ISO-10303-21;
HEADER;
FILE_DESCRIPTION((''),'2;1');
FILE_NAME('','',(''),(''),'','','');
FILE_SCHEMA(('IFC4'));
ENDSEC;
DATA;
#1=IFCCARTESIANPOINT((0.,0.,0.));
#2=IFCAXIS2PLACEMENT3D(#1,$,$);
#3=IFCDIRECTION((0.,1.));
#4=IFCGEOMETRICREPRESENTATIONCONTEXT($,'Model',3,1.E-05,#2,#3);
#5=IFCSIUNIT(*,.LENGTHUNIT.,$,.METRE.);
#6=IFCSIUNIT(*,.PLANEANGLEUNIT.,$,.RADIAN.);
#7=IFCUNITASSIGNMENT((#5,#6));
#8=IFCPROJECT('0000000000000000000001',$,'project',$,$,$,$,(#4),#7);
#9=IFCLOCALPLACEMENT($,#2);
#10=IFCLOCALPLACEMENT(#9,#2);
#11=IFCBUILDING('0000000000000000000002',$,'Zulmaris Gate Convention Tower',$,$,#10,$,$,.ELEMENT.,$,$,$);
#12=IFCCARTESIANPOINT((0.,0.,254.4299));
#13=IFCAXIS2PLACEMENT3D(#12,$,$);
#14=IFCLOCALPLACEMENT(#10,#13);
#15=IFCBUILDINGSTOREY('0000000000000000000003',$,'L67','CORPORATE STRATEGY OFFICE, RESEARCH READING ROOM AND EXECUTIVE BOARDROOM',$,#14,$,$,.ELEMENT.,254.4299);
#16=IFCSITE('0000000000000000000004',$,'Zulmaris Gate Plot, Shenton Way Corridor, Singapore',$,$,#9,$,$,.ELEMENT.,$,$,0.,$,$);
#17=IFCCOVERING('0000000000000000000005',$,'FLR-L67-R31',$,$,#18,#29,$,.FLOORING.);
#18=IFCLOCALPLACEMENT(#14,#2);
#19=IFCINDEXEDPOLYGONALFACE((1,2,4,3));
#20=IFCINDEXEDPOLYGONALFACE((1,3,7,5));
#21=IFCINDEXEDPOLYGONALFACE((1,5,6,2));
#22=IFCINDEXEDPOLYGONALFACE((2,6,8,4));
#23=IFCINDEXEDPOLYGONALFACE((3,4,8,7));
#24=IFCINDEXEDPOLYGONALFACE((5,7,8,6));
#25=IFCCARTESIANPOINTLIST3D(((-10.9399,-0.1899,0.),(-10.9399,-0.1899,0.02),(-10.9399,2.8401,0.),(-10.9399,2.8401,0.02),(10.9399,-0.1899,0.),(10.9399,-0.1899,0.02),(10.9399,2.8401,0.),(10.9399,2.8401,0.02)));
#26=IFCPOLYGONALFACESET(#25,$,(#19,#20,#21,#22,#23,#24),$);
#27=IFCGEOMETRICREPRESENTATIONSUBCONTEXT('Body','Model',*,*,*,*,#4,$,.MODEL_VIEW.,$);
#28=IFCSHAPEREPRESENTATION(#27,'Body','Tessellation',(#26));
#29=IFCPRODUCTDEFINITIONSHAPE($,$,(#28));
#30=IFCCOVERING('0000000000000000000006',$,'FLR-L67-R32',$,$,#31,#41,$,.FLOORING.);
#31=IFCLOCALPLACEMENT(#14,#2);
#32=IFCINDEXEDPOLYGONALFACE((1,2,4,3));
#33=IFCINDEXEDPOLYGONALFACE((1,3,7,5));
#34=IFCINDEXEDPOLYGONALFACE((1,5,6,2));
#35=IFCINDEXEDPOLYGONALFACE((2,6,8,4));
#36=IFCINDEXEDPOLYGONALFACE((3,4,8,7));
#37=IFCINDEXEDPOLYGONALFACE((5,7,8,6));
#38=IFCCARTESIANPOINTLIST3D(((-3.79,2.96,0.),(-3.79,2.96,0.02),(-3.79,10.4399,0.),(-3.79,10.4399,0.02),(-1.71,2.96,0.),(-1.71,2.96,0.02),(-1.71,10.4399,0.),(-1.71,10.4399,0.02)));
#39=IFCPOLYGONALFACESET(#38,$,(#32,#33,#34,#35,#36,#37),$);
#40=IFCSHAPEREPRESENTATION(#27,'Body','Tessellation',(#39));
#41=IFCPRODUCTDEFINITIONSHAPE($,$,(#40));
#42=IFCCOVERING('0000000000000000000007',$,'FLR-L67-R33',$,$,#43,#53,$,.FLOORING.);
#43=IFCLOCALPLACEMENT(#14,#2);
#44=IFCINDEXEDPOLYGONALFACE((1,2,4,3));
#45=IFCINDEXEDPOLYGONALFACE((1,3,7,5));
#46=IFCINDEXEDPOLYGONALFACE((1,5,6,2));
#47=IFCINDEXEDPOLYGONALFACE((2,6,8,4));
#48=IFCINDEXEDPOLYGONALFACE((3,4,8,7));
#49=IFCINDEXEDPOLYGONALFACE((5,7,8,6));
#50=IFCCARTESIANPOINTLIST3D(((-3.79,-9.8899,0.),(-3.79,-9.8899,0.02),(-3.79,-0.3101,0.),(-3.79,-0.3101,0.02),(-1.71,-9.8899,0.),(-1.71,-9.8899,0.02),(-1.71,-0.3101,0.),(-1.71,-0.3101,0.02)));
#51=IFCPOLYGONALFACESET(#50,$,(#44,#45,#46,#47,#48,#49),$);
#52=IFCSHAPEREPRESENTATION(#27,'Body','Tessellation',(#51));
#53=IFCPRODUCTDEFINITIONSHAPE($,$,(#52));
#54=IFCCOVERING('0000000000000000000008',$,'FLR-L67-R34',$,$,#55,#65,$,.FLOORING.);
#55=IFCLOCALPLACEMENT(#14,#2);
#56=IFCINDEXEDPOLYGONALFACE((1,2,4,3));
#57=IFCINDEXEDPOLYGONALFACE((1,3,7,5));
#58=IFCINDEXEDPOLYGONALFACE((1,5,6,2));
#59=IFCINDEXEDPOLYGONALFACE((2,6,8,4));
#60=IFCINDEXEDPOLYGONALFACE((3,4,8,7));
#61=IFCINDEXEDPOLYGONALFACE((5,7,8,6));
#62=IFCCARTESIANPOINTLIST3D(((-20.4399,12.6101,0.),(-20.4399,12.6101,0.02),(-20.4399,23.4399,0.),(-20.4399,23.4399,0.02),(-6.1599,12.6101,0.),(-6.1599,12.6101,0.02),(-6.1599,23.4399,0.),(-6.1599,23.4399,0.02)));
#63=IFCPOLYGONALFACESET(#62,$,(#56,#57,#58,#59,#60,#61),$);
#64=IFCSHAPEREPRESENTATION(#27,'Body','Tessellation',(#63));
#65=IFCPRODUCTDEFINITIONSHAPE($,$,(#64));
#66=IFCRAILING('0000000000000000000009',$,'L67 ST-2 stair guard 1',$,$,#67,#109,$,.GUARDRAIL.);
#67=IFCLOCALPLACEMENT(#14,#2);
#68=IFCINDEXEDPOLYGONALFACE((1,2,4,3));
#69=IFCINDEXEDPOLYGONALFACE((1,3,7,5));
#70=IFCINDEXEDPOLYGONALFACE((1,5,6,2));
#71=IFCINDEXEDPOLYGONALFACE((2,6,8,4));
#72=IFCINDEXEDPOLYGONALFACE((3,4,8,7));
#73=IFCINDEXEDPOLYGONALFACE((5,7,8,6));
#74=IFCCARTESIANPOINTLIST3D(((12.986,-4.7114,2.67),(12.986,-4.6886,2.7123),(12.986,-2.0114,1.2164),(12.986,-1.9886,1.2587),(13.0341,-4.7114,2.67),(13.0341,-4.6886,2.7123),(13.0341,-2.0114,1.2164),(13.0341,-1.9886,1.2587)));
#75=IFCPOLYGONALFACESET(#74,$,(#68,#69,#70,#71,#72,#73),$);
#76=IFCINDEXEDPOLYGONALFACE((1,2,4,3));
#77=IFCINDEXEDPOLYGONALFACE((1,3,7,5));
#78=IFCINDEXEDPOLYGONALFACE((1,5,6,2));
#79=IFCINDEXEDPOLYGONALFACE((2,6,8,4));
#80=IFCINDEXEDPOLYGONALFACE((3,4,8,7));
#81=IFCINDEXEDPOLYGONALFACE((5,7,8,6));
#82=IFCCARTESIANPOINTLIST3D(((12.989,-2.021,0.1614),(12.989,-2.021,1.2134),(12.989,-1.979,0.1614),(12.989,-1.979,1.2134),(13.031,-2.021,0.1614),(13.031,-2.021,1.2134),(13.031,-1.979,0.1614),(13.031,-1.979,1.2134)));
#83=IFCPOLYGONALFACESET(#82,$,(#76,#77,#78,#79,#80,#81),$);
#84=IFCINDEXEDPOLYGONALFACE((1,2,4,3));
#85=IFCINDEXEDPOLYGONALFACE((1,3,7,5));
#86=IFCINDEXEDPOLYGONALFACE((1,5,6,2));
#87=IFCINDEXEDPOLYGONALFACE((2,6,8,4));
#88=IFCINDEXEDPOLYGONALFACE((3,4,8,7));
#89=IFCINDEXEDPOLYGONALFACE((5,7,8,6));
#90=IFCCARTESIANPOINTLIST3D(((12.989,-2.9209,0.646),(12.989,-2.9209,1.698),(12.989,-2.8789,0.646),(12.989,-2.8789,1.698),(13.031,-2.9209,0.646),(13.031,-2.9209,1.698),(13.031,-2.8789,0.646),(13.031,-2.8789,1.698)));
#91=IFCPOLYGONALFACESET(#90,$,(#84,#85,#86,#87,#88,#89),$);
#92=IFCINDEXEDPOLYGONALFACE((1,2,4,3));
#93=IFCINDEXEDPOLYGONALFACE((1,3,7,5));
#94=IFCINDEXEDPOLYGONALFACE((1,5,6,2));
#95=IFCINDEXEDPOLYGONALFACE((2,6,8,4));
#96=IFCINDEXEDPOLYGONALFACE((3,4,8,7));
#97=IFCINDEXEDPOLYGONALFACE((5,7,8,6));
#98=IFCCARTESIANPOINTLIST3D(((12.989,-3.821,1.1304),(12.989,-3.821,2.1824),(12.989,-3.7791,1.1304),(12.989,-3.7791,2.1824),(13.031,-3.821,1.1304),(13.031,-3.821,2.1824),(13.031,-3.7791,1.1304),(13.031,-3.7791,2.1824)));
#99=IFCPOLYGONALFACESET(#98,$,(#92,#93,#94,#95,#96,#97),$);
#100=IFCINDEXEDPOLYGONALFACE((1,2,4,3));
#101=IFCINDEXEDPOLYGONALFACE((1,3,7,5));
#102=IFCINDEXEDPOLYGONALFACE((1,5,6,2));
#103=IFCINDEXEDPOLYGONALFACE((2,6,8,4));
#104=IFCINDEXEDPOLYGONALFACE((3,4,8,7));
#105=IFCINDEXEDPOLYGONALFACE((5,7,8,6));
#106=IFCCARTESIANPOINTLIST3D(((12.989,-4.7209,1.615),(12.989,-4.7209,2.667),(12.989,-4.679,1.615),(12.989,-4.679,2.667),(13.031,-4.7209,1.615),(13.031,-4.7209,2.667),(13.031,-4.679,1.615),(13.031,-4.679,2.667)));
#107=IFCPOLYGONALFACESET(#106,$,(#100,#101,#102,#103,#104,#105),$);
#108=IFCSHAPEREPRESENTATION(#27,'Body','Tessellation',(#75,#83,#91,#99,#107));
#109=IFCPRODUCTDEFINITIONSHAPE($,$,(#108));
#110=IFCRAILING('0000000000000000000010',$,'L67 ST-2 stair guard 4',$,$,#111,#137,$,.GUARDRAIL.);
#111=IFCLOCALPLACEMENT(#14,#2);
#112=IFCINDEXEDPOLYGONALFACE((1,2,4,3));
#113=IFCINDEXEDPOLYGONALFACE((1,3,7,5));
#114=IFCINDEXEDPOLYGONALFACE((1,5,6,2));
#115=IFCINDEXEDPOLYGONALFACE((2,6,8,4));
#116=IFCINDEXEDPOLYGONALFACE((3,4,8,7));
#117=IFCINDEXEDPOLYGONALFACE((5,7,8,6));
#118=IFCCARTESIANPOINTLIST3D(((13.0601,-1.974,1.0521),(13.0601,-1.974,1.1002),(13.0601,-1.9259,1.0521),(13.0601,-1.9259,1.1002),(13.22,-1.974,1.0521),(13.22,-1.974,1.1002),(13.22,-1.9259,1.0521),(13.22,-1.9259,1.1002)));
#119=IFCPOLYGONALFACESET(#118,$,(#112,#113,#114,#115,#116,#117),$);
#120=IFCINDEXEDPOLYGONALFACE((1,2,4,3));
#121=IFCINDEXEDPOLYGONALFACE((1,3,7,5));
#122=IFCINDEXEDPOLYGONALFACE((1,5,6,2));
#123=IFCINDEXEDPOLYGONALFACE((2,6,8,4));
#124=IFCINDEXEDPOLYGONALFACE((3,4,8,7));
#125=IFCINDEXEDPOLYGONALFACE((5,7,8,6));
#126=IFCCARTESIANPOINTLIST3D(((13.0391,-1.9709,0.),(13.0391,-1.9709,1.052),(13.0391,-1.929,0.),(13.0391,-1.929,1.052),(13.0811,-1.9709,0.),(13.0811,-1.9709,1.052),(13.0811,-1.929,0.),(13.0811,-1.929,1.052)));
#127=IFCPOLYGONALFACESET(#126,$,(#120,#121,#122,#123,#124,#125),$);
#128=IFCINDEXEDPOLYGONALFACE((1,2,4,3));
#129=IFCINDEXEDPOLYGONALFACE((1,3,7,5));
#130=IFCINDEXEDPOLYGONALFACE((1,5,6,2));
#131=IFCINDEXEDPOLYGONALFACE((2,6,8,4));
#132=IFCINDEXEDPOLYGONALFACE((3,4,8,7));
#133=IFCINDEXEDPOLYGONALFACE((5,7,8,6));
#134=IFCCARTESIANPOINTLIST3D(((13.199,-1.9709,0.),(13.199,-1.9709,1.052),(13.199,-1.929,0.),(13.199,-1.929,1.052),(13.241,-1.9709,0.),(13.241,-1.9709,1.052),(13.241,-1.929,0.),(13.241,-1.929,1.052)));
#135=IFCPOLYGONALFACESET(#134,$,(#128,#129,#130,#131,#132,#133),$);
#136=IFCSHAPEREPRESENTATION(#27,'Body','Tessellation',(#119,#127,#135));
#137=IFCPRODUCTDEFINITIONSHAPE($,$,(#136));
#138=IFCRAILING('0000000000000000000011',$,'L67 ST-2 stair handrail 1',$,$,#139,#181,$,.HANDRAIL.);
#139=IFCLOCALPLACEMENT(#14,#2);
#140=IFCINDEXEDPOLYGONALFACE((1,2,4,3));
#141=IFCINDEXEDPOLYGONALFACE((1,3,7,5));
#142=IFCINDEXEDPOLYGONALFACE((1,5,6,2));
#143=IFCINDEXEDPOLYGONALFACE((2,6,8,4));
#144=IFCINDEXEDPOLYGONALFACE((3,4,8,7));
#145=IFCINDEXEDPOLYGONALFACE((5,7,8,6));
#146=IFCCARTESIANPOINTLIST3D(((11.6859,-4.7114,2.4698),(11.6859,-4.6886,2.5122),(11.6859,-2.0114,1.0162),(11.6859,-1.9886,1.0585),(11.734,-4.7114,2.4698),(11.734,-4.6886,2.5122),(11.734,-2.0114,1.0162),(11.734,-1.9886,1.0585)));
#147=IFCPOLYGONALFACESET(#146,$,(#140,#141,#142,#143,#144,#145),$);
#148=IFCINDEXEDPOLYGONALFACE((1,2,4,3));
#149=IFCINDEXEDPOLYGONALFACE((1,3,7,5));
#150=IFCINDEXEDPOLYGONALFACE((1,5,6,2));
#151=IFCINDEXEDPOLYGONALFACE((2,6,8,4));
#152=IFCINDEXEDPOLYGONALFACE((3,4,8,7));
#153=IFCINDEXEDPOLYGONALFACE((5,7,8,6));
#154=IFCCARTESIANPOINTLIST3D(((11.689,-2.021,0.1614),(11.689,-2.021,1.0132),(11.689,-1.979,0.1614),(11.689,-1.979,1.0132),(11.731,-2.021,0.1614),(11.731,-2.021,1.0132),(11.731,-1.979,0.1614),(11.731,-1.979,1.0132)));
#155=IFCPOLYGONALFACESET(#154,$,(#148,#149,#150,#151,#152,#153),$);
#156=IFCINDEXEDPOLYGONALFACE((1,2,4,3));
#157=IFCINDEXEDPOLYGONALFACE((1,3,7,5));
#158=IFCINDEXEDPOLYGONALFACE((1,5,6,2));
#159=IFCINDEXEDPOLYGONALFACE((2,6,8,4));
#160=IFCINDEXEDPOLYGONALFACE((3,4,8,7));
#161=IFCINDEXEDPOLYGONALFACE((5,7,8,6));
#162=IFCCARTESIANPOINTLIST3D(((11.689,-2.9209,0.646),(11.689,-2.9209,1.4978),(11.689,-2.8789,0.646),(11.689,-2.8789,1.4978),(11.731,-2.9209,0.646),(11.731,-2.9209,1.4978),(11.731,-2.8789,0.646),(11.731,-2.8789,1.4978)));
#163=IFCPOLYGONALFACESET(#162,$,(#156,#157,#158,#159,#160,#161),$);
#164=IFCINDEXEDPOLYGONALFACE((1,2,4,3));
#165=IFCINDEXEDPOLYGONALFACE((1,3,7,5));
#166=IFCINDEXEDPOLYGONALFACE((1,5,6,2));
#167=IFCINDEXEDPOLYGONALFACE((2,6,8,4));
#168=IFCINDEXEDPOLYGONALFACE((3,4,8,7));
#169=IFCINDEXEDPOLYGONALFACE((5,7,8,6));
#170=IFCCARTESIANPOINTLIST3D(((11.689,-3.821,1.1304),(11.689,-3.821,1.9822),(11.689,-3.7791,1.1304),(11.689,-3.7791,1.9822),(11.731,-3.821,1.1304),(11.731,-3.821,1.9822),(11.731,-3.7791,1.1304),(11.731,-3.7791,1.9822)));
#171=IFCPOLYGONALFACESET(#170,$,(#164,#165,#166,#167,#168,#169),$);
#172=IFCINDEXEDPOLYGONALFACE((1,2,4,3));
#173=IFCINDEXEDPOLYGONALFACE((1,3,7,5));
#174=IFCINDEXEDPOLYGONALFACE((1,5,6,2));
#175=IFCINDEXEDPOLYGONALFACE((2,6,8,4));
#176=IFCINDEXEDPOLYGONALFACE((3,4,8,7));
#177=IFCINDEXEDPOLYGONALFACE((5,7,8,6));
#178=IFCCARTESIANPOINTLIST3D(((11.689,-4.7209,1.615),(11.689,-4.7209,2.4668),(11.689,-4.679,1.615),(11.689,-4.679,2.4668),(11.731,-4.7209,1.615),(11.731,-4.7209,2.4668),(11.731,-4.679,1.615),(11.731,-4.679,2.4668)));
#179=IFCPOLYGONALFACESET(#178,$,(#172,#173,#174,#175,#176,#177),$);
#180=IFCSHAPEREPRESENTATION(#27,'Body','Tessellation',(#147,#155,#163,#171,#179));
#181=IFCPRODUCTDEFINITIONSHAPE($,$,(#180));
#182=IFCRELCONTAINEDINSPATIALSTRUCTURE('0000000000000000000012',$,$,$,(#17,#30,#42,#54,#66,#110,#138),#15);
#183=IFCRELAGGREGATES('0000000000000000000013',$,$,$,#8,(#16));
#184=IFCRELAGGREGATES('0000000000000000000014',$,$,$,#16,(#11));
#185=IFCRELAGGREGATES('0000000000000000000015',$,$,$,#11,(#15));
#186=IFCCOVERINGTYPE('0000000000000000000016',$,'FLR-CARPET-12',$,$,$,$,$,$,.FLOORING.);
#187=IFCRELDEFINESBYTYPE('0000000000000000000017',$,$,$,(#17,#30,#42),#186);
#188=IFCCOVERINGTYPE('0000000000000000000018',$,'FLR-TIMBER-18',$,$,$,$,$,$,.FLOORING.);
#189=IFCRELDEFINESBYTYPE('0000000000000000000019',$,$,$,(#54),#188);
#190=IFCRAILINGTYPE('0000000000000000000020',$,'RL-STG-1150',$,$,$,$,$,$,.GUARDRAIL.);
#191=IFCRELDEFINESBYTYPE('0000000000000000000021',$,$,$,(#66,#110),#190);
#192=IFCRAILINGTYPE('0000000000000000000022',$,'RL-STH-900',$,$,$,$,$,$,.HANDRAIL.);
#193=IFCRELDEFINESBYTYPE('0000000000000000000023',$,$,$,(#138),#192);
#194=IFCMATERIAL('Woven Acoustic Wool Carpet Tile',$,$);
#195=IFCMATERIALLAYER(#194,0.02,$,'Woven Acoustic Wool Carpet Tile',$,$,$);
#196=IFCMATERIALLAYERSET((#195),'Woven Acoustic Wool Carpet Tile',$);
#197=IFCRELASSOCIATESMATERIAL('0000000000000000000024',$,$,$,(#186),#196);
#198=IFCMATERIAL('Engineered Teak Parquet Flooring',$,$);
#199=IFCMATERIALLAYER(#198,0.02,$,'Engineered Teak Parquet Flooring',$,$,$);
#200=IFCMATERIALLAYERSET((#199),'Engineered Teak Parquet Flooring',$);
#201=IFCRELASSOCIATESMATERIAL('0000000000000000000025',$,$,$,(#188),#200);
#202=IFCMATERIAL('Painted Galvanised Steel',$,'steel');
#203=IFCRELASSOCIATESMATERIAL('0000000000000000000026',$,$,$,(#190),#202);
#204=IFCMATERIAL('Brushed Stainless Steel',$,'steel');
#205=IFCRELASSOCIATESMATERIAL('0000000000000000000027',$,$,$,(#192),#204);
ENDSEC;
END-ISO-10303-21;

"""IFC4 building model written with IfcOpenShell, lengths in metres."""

from ifc_helpers import new_model, si_unit, direction, frame, origin, origin_2d, place, context, subcontext, project, spatial, polyline, rectangle, outline, extrude, material, layer, layer_set, type_object, element, save


model = new_model("IFC4")

# Units and contexts
model_context = context("Model", 3, precision=1e-05, world=origin(), true_north=direction((0.0, 1.0)))
body_context = subcontext(model_context, "Body", "Model", "MODEL_VIEW")
ifc_project = project(units=[si_unit("LENGTHUNIT", "METRE"), si_unit("PLANEANGLEUNIT", "RADIAN")], contexts=[model_context])

# Site, building, storey
site_placement = place(None, origin())
site = spatial("IfcSite", under=ifc_project, at=site_placement, Name="Zulmaris Gate Plot, Shenton Way Corridor, Singapore", CompositionType="ELEMENT", RefElevation=0.0)
building_placement = place(site_placement, origin())
building = spatial("IfcBuilding", under=site, at=building_placement, Name="Zulmaris Gate Convention Tower", CompositionType="ELEMENT")
storey_placement = place(building_placement, frame((0.0, 0.0, 254.4299)))
storey = spatial("IfcBuildingStorey", under=building, at=storey_placement, Name="L67", Description="CORPORATE STRATEGY OFFICE, RESEARCH READING ROOM AND EXECUTIVE BOARDROOM", CompositionType="ELEMENT", Elevation=254.4299)

# Coverings
ifc_material_1 = material(Name="Woven Acoustic Wool Carpet Tile")
ifc_layer_1 = layer(ifc_material_1, 0.02, Name="Woven Acoustic Wool Carpet Tile")
ifc_layer_set_1 = layer_set([ifc_layer_1], Name="Woven Acoustic Wool Carpet Tile")
covering_type_1 = type_object("IfcCoveringType", Name="FLR-CARPET-12", PredefinedType="FLOORING", material=ifc_layer_set_1)
covering_1_placement = place(storey_placement, origin())
element("IfcCovering", 1, at=covering_1_placement, inside=storey, type_object=covering_type_1, Name="FLR-L67-R31", PredefinedType="FLOORING", context=body_context, shape_type="SweptSolid", body=[
    extrude(outline(polyline([(-10.9399, -0.1899), (10.9399, -0.1899), (10.9399, 2.8401), (-10.9399, 2.8401), (-10.9399, -0.1899)])), origin(), (0.0, 0.0, 1.0), 0.02),
])
covering_2_placement = place(storey_placement, origin())
element("IfcCovering", 2, at=covering_2_placement, inside=storey, type_object=covering_type_1, Name="FLR-L67-R32", PredefinedType="FLOORING", context=body_context, shape_type="SweptSolid", body=[
    extrude(outline(polyline([(-3.79, 2.96), (-1.71, 2.96), (-1.71, 10.4399), (-3.79, 10.4399), (-3.79, 2.96)])), origin(), (0.0, 0.0, 1.0), 0.02),
])
covering_3_placement = place(storey_placement, origin())
element("IfcCovering", 3, at=covering_3_placement, inside=storey, type_object=covering_type_1, Name="FLR-L67-R33", PredefinedType="FLOORING", context=body_context, shape_type="SweptSolid", body=[
    extrude(outline(polyline([(-3.79, -9.8899), (-1.71, -9.8899), (-1.71, -0.3101), (-3.79, -0.3101), (-3.79, -9.8899)])), origin(), (0.0, 0.0, 1.0), 0.02),
])
ifc_material_2 = material(Name="Engineered Teak Parquet Flooring")
ifc_layer_2 = layer(ifc_material_2, 0.02, Name="Engineered Teak Parquet Flooring")
ifc_layer_set_2 = layer_set([ifc_layer_2], Name="Engineered Teak Parquet Flooring")
covering_type_2 = type_object("IfcCoveringType", Name="FLR-TIMBER-18", PredefinedType="FLOORING", material=ifc_layer_set_2)
covering_4_placement = place(storey_placement, origin())
element("IfcCovering", 4, at=covering_4_placement, inside=storey, type_object=covering_type_2, Name="FLR-L67-R34", PredefinedType="FLOORING", context=body_context, shape_type="SweptSolid", body=[
    extrude(outline(polyline([(-20.4399, 12.6101), (-6.1599, 12.6101), (-6.1599, 23.4399), (-20.4399, 23.4399), (-20.4399, 12.6101)])), origin(), (0.0, 0.0, 1.0), 0.02),
])

# Railings
ifc_material_3 = material(Name="Painted Galvanised Steel", Category="steel")
railing_type_1 = type_object("IfcRailingType", Name="RL-STG-1150", PredefinedType="GUARDRAIL", material=ifc_material_3)
railing_1_placement = place(storey_placement, frame((13.01, -2.0, 0.1614)))
element("IfcRailing", 5, at=railing_1_placement, inside=storey, type_object=railing_type_1, Name="L67 ST-2 stair guard 1", PredefinedType="GUARDRAIL", context=body_context, shape_type="SweptSolid", body=[
    extrude(rectangle(XDim=0.0481, YDim=0.0481, at=origin_2d()), frame((0.0, 0.0, 1.0762), z_axis=(0.0, -0.880499, 0.474048), x_axis=(1.0, 0.0, 0.0)), (0.0, 0.0, 1.0), 3.0664),
    extrude(rectangle(XDim=0.042, YDim=0.042, at=origin_2d()), origin(), (0.0, 0.0, 1.0), 1.052),
    extrude(rectangle(XDim=0.042, YDim=0.042, at=origin_2d()), frame((0.0, -0.8999, 0.4846)), (0.0, 0.0, 1.0), 1.052),
    extrude(rectangle(XDim=0.042, YDim=0.042, at=origin_2d()), frame((0.0, -1.8, 0.969)), (0.0, 0.0, 1.0), 1.052),
    extrude(rectangle(XDim=0.042, YDim=0.042, at=origin_2d()), frame((0.0, -2.7, 1.4536)), (0.0, 0.0, 1.0), 1.052),
])
railing_2_placement = place(storey_placement, frame((13.0601, -1.95, 0.0)))
element("IfcRailing", 6, at=railing_2_placement, inside=storey, type_object=railing_type_1, Name="L67 ST-2 stair guard 4", PredefinedType="GUARDRAIL", context=body_context, shape_type="SweptSolid", body=[
    extrude(rectangle(XDim=0.0481, YDim=0.0481, at=origin_2d()), frame((0.0, 0.0, 1.0762), z_axis=(1.0, 0.0, 0.0), x_axis=(0.0, 1.0, 0.0)), (0.0, 0.0, 1.0), 0.1599),
    extrude(rectangle(XDim=0.042, YDim=0.042, at=origin_2d()), origin(), (0.0, 0.0, 1.0), 1.052),
    extrude(rectangle(XDim=0.042, YDim=0.042, at=origin_2d()), frame((0.1599, 0.0, 0.0)), (0.0, 0.0, 1.0), 1.052),
])
ifc_material_4 = material(Name="Brushed Stainless Steel", Category="steel")
railing_type_2 = type_object("IfcRailingType", Name="RL-STH-900", PredefinedType="HANDRAIL", material=ifc_material_4)
railing_3_placement = place(storey_placement, frame((11.71, -2.0, 0.1614)))
element("IfcRailing", 7, at=railing_3_placement, inside=storey, type_object=railing_type_2, Name="L67 ST-2 stair handrail 1", PredefinedType="HANDRAIL", context=body_context, shape_type="SweptSolid", body=[
    extrude(rectangle(XDim=0.0481, YDim=0.0481, at=origin_2d()), frame((0.0, 0.0, 0.876), z_axis=(0.0, -0.880499, 0.474048), x_axis=(1.0, 0.0, 0.0)), (0.0, 0.0, 1.0), 3.0664),
    extrude(rectangle(XDim=0.042, YDim=0.042, at=origin_2d()), origin(), (0.0, 0.0, 1.0), 0.8518),
    extrude(rectangle(XDim=0.042, YDim=0.042, at=origin_2d()), frame((0.0, -0.8999, 0.4846)), (0.0, 0.0, 1.0), 0.8518),
    extrude(rectangle(XDim=0.042, YDim=0.042, at=origin_2d()), frame((0.0, -1.8, 0.969)), (0.0, 0.0, 1.0), 0.8518),
    extrude(rectangle(XDim=0.042, YDim=0.042, at=origin_2d()), frame((0.0, -2.7, 1.4536)), (0.0, 0.0, 1.0), 0.8518),
])

save(model, "model.ifc")
